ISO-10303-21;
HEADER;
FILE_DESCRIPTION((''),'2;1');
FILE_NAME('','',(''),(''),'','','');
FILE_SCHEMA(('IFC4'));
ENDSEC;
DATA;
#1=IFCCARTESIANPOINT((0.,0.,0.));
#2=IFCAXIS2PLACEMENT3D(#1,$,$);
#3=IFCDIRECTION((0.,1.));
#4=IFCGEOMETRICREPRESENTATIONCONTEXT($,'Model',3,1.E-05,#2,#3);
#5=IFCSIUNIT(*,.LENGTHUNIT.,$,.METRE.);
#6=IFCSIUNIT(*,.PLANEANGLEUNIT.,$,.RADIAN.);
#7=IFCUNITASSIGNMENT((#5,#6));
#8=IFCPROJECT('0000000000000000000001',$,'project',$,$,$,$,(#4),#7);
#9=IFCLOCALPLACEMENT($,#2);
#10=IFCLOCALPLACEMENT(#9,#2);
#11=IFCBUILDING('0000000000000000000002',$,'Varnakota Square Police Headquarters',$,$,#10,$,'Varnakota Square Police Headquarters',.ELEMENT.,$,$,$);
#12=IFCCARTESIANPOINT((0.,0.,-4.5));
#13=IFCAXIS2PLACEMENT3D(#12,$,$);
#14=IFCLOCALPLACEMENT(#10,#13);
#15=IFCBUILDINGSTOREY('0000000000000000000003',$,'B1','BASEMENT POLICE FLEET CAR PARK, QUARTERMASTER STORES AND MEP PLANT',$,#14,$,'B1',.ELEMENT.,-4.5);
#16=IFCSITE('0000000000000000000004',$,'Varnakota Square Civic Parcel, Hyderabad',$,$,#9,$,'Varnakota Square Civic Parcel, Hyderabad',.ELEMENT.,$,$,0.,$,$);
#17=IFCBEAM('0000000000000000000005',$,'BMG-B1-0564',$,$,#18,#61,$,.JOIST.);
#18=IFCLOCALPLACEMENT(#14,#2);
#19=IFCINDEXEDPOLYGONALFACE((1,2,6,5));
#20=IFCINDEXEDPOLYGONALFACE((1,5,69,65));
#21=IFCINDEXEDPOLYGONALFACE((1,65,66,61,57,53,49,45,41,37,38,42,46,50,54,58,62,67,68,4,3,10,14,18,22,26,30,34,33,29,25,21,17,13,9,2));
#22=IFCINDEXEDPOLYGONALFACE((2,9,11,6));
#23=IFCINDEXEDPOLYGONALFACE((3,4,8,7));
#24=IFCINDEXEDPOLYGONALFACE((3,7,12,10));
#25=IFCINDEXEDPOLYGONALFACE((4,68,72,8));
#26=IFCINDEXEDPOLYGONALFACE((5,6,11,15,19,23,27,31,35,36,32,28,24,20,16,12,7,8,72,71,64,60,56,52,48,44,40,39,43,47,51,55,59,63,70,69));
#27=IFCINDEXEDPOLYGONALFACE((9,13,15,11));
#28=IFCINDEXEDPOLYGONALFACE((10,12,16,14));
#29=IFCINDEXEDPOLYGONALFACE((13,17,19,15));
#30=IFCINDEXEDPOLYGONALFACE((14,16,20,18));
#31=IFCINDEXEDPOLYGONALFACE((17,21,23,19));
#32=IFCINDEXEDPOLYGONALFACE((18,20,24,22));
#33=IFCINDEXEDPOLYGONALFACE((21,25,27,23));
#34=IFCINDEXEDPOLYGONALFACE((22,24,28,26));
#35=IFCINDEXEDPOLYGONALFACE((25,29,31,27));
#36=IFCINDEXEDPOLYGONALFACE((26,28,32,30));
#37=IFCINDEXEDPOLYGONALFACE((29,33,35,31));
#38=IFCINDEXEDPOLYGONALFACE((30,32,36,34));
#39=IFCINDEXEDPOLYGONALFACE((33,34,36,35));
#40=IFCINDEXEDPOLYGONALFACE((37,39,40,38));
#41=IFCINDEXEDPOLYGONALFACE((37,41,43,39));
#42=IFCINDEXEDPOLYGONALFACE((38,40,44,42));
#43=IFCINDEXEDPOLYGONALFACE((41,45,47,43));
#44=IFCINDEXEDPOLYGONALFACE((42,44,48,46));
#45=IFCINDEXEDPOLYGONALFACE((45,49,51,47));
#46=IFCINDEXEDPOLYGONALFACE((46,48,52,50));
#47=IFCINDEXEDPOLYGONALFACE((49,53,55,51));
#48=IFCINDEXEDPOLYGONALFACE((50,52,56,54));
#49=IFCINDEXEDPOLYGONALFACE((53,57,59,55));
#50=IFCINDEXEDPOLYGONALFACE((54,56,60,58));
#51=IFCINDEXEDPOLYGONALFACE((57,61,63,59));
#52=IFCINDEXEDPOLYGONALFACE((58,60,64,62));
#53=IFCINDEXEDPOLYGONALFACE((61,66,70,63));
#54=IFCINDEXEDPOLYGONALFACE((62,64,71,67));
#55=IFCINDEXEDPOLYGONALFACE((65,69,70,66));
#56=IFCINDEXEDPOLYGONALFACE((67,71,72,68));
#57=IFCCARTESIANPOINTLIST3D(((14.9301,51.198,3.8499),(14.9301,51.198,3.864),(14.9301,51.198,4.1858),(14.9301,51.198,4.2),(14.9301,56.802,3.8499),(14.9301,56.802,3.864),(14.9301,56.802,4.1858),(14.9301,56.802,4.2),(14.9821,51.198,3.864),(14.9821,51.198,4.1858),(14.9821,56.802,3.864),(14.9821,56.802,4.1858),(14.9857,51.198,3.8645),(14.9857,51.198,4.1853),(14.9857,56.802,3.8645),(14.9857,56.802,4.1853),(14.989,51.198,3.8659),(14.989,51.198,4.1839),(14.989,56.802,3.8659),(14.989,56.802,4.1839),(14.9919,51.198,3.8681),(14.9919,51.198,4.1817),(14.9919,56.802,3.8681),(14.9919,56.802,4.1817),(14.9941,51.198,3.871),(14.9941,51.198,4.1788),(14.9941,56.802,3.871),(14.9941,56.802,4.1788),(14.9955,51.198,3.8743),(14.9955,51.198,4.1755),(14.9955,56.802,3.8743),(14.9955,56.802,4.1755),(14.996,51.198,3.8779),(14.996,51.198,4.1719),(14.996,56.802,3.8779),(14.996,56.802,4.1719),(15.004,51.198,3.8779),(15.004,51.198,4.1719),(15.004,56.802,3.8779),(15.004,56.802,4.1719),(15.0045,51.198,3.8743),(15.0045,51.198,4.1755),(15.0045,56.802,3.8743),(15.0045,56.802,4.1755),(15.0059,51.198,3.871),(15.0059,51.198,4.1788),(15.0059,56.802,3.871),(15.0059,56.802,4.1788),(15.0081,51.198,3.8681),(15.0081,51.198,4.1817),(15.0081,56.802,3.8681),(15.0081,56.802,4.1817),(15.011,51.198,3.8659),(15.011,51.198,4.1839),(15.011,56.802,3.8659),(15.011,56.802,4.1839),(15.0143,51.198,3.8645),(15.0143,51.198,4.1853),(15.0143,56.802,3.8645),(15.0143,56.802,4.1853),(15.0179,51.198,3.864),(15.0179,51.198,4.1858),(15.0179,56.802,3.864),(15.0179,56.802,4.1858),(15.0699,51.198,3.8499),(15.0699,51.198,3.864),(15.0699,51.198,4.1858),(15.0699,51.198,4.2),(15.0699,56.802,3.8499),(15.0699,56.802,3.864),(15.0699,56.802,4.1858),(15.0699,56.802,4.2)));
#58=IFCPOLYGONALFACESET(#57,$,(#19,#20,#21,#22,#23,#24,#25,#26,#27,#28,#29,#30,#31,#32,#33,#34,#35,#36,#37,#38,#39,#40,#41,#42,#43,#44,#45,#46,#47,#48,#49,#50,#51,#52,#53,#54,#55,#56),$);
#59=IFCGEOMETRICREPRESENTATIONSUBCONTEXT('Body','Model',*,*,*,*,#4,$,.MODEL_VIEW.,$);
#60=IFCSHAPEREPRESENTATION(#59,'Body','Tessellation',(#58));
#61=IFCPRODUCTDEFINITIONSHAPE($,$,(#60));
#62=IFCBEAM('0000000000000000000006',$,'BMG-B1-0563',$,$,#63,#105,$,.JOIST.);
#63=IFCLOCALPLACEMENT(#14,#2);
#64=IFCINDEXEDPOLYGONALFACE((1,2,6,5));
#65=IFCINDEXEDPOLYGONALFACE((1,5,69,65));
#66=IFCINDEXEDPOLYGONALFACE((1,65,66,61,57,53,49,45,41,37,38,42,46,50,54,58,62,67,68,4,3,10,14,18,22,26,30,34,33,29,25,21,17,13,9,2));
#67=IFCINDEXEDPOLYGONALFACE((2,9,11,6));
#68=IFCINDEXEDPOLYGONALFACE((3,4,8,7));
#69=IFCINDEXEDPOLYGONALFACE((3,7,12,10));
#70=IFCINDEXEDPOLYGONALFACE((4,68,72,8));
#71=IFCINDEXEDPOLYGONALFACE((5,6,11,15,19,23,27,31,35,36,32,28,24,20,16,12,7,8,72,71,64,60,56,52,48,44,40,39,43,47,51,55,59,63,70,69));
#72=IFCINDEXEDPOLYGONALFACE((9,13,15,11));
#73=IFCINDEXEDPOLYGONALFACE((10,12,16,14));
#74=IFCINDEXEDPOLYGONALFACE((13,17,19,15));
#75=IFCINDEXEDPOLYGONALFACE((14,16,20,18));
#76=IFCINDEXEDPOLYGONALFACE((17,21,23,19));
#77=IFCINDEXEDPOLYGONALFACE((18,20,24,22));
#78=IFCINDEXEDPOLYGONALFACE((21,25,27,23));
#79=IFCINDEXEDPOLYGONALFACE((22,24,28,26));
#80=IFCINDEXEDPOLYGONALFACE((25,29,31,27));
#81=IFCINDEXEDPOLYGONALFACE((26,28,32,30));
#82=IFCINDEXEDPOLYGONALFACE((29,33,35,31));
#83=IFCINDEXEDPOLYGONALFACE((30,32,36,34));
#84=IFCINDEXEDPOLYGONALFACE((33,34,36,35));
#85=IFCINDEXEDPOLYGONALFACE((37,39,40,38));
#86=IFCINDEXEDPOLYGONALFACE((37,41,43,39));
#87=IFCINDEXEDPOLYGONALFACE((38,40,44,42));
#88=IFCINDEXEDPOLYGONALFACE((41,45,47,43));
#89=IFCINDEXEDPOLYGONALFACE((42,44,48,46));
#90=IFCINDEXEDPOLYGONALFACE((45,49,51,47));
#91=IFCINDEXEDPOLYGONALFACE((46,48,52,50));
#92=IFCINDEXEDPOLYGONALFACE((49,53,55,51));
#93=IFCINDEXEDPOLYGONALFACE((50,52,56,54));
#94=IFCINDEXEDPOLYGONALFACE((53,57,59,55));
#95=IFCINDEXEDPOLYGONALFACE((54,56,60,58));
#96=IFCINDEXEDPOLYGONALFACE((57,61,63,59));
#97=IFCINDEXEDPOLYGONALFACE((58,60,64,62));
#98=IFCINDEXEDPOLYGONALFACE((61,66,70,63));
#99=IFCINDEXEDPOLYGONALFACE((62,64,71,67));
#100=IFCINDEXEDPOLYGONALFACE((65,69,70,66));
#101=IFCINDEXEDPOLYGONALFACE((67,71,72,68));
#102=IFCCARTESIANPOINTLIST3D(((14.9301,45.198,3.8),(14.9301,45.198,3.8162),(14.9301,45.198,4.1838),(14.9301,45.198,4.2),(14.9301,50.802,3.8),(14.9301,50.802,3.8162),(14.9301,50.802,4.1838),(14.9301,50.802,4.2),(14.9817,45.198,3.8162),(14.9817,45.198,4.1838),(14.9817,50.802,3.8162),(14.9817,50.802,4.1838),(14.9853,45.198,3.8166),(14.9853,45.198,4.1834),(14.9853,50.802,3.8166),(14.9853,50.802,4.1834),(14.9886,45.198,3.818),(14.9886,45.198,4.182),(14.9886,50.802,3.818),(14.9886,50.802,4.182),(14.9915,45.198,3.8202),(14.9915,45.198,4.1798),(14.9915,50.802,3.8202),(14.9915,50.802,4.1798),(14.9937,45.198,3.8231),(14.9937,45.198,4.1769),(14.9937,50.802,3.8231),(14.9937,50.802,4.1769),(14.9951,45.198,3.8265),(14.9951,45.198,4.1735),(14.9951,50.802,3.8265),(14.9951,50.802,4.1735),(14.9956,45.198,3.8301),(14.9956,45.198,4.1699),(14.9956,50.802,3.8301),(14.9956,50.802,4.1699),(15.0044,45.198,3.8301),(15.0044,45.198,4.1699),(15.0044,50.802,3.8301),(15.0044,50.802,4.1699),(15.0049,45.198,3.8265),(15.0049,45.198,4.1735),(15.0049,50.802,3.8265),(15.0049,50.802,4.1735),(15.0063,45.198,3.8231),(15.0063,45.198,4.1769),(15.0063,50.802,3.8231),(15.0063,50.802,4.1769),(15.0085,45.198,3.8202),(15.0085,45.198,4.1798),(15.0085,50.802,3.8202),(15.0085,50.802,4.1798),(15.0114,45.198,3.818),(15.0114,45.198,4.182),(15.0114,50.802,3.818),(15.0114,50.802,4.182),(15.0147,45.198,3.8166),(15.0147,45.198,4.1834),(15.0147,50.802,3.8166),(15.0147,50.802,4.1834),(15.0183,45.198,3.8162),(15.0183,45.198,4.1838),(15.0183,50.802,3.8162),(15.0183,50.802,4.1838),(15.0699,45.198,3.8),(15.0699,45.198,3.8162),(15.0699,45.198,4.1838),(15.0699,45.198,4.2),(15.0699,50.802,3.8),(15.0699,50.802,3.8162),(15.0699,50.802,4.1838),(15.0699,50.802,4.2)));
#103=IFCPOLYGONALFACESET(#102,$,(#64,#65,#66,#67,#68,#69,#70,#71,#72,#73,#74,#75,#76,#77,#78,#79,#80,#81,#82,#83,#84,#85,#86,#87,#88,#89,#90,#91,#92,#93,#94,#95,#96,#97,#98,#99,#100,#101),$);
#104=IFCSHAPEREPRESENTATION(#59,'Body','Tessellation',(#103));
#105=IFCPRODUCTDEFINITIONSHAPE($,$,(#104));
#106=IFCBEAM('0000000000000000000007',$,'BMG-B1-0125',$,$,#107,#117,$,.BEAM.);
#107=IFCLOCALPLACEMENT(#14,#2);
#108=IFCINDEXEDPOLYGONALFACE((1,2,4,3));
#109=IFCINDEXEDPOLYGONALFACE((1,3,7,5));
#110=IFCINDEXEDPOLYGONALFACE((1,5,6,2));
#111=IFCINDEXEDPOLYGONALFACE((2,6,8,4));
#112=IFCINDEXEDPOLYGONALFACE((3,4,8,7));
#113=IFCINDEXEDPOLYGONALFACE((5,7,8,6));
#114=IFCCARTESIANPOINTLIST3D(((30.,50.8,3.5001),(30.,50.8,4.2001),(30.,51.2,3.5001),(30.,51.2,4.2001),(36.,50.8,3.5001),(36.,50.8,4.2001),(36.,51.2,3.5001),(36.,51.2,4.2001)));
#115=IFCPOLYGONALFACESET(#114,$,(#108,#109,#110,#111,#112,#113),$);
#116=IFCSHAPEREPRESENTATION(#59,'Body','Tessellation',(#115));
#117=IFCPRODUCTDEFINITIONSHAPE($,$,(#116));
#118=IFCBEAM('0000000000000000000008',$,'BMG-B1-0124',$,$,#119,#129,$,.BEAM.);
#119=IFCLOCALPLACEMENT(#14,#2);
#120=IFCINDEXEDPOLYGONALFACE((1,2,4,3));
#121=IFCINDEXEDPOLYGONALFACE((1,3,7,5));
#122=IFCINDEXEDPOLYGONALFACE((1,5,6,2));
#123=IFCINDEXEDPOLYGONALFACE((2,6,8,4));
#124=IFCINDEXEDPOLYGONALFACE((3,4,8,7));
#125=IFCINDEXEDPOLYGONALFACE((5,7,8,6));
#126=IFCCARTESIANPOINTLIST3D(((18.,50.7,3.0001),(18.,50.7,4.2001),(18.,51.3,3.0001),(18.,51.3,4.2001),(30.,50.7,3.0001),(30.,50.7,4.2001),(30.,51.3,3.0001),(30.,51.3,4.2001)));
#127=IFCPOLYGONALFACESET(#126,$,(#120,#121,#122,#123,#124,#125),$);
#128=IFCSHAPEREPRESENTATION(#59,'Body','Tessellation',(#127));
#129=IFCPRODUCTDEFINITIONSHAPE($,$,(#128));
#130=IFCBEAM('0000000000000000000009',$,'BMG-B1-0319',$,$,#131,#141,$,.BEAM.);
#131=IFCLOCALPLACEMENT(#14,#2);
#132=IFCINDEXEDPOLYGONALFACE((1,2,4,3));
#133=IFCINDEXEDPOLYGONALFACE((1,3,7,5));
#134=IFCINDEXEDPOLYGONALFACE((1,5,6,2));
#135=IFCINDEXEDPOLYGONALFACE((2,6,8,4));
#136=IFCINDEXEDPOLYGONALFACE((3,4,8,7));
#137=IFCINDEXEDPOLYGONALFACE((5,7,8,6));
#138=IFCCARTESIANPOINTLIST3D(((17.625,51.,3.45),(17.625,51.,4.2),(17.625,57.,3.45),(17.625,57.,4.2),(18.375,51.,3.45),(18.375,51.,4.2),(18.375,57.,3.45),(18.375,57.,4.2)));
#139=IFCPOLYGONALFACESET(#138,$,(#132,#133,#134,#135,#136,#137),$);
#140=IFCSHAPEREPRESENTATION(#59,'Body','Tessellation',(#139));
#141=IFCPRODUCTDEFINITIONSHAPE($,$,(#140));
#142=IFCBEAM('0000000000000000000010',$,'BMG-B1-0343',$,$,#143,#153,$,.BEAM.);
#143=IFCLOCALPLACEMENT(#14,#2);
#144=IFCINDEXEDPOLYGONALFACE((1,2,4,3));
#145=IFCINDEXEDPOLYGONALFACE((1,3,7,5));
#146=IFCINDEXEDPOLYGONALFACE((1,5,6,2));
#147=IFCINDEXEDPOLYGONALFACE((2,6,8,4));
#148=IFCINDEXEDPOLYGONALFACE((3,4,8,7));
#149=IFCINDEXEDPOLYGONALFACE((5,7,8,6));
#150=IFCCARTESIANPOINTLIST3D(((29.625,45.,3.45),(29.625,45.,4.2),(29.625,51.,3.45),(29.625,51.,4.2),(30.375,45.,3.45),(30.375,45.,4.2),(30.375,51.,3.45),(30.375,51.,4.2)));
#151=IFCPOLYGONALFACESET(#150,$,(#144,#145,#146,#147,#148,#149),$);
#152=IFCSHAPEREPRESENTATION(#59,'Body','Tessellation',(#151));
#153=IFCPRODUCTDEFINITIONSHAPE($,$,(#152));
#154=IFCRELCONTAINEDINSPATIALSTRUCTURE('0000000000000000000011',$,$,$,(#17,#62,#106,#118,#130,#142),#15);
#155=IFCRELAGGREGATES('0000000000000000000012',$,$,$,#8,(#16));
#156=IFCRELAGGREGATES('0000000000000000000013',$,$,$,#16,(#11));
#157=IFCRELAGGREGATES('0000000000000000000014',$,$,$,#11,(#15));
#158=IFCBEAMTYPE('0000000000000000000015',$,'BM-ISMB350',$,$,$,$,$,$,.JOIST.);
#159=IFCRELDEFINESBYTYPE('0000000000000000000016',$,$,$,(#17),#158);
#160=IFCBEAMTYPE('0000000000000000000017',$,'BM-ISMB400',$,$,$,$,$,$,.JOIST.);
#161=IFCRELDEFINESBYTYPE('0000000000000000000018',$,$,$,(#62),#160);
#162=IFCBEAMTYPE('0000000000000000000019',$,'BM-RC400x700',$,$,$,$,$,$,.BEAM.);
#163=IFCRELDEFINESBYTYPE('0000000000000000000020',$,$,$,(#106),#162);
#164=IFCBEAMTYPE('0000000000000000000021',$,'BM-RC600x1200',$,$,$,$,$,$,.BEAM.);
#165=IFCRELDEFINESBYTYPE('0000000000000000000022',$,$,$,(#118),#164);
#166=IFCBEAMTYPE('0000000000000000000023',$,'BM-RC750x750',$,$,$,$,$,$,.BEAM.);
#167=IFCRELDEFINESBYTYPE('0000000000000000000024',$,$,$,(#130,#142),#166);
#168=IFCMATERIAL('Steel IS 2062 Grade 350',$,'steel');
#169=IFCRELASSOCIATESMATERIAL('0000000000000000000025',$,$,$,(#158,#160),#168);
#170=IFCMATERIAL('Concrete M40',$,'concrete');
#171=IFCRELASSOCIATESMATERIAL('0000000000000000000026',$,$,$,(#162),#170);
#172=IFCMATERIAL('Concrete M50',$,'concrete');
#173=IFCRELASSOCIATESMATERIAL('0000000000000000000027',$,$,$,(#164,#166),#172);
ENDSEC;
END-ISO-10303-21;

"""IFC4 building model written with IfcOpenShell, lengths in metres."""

from ifc_helpers import new_model, si_unit, direction, frame, origin, origin_2d, place, context, subcontext, project, spatial, rectangle, i_section, extrude, material, material_profile, profile_set, type_object, element, save


model = new_model("IFC4")

# Units and contexts
model_context = context("Model", 3, precision=1e-05, world=origin(), true_north=direction((0.0, 1.0)))
body_context = subcontext(model_context, "Body", "Model", "MODEL_VIEW")
ifc_project = project(units=[si_unit("LENGTHUNIT", "METRE"), si_unit("PLANEANGLEUNIT", "RADIAN")], contexts=[model_context])

# Site, building, storey
site_placement = place(None, origin())
site = spatial("IfcSite", under=ifc_project, at=site_placement, Name="Varnakota Square Civic Parcel, Hyderabad", LongName="Varnakota Square Civic Parcel, Hyderabad", CompositionType="ELEMENT", RefElevation=0.0)
building_placement = place(site_placement, origin())
building = spatial("IfcBuilding", under=site, at=building_placement, Name="Varnakota Square Police Headquarters", LongName="Varnakota Square Police Headquarters", CompositionType="ELEMENT")
storey_placement = place(building_placement, frame((0.0, 0.0, -4.5)))
storey = spatial("IfcBuildingStorey", under=building, at=storey_placement, Name="B1", Description="BASEMENT POLICE FLEET CAR PARK, QUARTERMASTER STORES AND MEP PLANT", LongName="B1", CompositionType="ELEMENT", Elevation=-4.5)

# Shared definitions
ifc_material_1 = material(Name="Concrete M40", Category="concrete")
ifc_material_2 = material(Name="Concrete M50", Category="concrete")

# Beams
ifc_material_3 = material(Name="Steel IS 2062 Grade 350", Category="steel")
ifc_material_profile_1 = material_profile(ifc_material_3, i_section(OverallWidth=0.1399, OverallDepth=0.3501, WebThickness=0.0081, FlangeThickness=0.0142, FilletRadius=0.0139, at=origin_2d()), Name="ISMB 350")
ifc_profile_set_1 = profile_set([ifc_material_profile_1], Name="Steel IS 2062 Grade 350")
beam_type_1 = type_object("IfcBeamType", Name="BM-ISMB350", PredefinedType="JOIST", material=ifc_profile_set_1)
beam_1_placement = place(storey_placement, frame((15.0, 51.198, 4.0249), z_axis=(0.0, 1.0, 0.0), x_axis=(-1.0, 0.0, 0.0)))
element("IfcBeam", 1, at=beam_1_placement, inside=storey, type_object=beam_type_1, Name="BMG-B1-0564", PredefinedType="JOIST", context=body_context, shape_type="SweptSolid", body=[
    extrude(i_section(OverallWidth=0.1399, OverallDepth=0.3501, WebThickness=0.0081, FlangeThickness=0.0142, FilletRadius=0.0139, at=origin_2d()), origin(), (0.0, 0.0, 1.0), 5.604),
])
ifc_material_profile_2 = material_profile(ifc_material_3, i_section(OverallWidth=0.1399, OverallDepth=0.3999, WebThickness=0.0088, FlangeThickness=0.0161, FilletRadius=0.0139, at=origin_2d()), Name="ISMB 400")
ifc_profile_set_2 = profile_set([ifc_material_profile_2], Name="Steel IS 2062 Grade 350")
beam_type_2 = type_object("IfcBeamType", Name="BM-ISMB400", PredefinedType="JOIST", material=ifc_profile_set_2)
beam_2_placement = place(storey_placement, frame((15.0, 45.198, 4.0), z_axis=(0.0, 1.0, 0.0), x_axis=(-1.0, 0.0, 0.0)))
element("IfcBeam", 2, at=beam_2_placement, inside=storey, type_object=beam_type_2, Name="BMG-B1-0563", PredefinedType="JOIST", context=body_context, shape_type="SweptSolid", body=[
    extrude(i_section(OverallWidth=0.1399, OverallDepth=0.3999, WebThickness=0.0088, FlangeThickness=0.0161, FilletRadius=0.0139, at=origin_2d()), origin(), (0.0, 0.0, 1.0), 5.604),
])
ifc_material_profile_3 = material_profile(ifc_material_1, rectangle(XDim=0.3999, YDim=0.7, at=origin_2d()), Name="RC 400x700")
ifc_profile_set_3 = profile_set([ifc_material_profile_3], Name="Concrete M40")
beam_type_3 = type_object("IfcBeamType", Name="BM-RC400x700", PredefinedType="BEAM", material=ifc_profile_set_3)
beam_3_placement = place(storey_placement, frame((30.0, 51.0, 3.8501), z_axis=(1.0, 0.0, 0.0), x_axis=(0.0, 1.0, 0.0)))
element("IfcBeam", 3, at=beam_3_placement, inside=storey, type_object=beam_type_3, Name="BMG-B1-0125", PredefinedType="BEAM", context=body_context, shape_type="SweptSolid", body=[
    extrude(rectangle(XDim=0.3999, YDim=0.7, at=origin_2d()), origin(), (0.0, 0.0, 1.0), 6.0),
])
ifc_material_profile_4 = material_profile(ifc_material_2, rectangle(XDim=0.6001, YDim=1.2, at=origin_2d()), Name="RC 600x1200")
ifc_profile_set_4 = profile_set([ifc_material_profile_4], Name="Concrete M50")
beam_type_4 = type_object("IfcBeamType", Name="BM-RC600x1200", PredefinedType="BEAM", material=ifc_profile_set_4)
beam_4_placement = place(storey_placement, frame((18.0, 51.0, 3.6001), z_axis=(1.0, 0.0, 0.0), x_axis=(0.0, 1.0, 0.0)))
element("IfcBeam", 4, at=beam_4_placement, inside=storey, type_object=beam_type_4, Name="BMG-B1-0124", PredefinedType="BEAM", context=body_context, shape_type="SweptSolid", body=[
    extrude(rectangle(XDim=0.6001, YDim=1.2, at=origin_2d()), origin(), (0.0, 0.0, 1.0), 12.0),
])
ifc_material_profile_5 = material_profile(ifc_material_2, rectangle(XDim=0.75, YDim=0.75, at=origin_2d()), Name="RC 750x750")
ifc_profile_set_5 = profile_set([ifc_material_profile_5], Name="Concrete M50")
beam_type_5 = type_object("IfcBeamType", Name="BM-RC750x750", PredefinedType="BEAM", material=ifc_profile_set_5)
for number, where, z_axis, x_axis, name in (
    (5, (18.0, 51.0, 3.825), (0.0, 1.0, 0.0), (-1.0, 0.0, 0.0), "BMG-B1-0319"),
    (6, (30.0, 45.0, 3.825), (0.0, 1.0, 0.0), (-1.0, 0.0, 0.0), "BMG-B1-0343"),
):
    element("IfcBeam", number, at=place(storey_placement, frame(where, z_axis=z_axis, x_axis=x_axis)), inside=storey, type_object=beam_type_5, Name=name, PredefinedType="BEAM", context=body_context, shape_type="SweptSolid", body=[
        extrude(rectangle(XDim=0.75, YDim=0.75, at=origin_2d()), origin(), (0.0, 0.0, 1.0), 6.0),
    ])

save(model, "model.ifc")
